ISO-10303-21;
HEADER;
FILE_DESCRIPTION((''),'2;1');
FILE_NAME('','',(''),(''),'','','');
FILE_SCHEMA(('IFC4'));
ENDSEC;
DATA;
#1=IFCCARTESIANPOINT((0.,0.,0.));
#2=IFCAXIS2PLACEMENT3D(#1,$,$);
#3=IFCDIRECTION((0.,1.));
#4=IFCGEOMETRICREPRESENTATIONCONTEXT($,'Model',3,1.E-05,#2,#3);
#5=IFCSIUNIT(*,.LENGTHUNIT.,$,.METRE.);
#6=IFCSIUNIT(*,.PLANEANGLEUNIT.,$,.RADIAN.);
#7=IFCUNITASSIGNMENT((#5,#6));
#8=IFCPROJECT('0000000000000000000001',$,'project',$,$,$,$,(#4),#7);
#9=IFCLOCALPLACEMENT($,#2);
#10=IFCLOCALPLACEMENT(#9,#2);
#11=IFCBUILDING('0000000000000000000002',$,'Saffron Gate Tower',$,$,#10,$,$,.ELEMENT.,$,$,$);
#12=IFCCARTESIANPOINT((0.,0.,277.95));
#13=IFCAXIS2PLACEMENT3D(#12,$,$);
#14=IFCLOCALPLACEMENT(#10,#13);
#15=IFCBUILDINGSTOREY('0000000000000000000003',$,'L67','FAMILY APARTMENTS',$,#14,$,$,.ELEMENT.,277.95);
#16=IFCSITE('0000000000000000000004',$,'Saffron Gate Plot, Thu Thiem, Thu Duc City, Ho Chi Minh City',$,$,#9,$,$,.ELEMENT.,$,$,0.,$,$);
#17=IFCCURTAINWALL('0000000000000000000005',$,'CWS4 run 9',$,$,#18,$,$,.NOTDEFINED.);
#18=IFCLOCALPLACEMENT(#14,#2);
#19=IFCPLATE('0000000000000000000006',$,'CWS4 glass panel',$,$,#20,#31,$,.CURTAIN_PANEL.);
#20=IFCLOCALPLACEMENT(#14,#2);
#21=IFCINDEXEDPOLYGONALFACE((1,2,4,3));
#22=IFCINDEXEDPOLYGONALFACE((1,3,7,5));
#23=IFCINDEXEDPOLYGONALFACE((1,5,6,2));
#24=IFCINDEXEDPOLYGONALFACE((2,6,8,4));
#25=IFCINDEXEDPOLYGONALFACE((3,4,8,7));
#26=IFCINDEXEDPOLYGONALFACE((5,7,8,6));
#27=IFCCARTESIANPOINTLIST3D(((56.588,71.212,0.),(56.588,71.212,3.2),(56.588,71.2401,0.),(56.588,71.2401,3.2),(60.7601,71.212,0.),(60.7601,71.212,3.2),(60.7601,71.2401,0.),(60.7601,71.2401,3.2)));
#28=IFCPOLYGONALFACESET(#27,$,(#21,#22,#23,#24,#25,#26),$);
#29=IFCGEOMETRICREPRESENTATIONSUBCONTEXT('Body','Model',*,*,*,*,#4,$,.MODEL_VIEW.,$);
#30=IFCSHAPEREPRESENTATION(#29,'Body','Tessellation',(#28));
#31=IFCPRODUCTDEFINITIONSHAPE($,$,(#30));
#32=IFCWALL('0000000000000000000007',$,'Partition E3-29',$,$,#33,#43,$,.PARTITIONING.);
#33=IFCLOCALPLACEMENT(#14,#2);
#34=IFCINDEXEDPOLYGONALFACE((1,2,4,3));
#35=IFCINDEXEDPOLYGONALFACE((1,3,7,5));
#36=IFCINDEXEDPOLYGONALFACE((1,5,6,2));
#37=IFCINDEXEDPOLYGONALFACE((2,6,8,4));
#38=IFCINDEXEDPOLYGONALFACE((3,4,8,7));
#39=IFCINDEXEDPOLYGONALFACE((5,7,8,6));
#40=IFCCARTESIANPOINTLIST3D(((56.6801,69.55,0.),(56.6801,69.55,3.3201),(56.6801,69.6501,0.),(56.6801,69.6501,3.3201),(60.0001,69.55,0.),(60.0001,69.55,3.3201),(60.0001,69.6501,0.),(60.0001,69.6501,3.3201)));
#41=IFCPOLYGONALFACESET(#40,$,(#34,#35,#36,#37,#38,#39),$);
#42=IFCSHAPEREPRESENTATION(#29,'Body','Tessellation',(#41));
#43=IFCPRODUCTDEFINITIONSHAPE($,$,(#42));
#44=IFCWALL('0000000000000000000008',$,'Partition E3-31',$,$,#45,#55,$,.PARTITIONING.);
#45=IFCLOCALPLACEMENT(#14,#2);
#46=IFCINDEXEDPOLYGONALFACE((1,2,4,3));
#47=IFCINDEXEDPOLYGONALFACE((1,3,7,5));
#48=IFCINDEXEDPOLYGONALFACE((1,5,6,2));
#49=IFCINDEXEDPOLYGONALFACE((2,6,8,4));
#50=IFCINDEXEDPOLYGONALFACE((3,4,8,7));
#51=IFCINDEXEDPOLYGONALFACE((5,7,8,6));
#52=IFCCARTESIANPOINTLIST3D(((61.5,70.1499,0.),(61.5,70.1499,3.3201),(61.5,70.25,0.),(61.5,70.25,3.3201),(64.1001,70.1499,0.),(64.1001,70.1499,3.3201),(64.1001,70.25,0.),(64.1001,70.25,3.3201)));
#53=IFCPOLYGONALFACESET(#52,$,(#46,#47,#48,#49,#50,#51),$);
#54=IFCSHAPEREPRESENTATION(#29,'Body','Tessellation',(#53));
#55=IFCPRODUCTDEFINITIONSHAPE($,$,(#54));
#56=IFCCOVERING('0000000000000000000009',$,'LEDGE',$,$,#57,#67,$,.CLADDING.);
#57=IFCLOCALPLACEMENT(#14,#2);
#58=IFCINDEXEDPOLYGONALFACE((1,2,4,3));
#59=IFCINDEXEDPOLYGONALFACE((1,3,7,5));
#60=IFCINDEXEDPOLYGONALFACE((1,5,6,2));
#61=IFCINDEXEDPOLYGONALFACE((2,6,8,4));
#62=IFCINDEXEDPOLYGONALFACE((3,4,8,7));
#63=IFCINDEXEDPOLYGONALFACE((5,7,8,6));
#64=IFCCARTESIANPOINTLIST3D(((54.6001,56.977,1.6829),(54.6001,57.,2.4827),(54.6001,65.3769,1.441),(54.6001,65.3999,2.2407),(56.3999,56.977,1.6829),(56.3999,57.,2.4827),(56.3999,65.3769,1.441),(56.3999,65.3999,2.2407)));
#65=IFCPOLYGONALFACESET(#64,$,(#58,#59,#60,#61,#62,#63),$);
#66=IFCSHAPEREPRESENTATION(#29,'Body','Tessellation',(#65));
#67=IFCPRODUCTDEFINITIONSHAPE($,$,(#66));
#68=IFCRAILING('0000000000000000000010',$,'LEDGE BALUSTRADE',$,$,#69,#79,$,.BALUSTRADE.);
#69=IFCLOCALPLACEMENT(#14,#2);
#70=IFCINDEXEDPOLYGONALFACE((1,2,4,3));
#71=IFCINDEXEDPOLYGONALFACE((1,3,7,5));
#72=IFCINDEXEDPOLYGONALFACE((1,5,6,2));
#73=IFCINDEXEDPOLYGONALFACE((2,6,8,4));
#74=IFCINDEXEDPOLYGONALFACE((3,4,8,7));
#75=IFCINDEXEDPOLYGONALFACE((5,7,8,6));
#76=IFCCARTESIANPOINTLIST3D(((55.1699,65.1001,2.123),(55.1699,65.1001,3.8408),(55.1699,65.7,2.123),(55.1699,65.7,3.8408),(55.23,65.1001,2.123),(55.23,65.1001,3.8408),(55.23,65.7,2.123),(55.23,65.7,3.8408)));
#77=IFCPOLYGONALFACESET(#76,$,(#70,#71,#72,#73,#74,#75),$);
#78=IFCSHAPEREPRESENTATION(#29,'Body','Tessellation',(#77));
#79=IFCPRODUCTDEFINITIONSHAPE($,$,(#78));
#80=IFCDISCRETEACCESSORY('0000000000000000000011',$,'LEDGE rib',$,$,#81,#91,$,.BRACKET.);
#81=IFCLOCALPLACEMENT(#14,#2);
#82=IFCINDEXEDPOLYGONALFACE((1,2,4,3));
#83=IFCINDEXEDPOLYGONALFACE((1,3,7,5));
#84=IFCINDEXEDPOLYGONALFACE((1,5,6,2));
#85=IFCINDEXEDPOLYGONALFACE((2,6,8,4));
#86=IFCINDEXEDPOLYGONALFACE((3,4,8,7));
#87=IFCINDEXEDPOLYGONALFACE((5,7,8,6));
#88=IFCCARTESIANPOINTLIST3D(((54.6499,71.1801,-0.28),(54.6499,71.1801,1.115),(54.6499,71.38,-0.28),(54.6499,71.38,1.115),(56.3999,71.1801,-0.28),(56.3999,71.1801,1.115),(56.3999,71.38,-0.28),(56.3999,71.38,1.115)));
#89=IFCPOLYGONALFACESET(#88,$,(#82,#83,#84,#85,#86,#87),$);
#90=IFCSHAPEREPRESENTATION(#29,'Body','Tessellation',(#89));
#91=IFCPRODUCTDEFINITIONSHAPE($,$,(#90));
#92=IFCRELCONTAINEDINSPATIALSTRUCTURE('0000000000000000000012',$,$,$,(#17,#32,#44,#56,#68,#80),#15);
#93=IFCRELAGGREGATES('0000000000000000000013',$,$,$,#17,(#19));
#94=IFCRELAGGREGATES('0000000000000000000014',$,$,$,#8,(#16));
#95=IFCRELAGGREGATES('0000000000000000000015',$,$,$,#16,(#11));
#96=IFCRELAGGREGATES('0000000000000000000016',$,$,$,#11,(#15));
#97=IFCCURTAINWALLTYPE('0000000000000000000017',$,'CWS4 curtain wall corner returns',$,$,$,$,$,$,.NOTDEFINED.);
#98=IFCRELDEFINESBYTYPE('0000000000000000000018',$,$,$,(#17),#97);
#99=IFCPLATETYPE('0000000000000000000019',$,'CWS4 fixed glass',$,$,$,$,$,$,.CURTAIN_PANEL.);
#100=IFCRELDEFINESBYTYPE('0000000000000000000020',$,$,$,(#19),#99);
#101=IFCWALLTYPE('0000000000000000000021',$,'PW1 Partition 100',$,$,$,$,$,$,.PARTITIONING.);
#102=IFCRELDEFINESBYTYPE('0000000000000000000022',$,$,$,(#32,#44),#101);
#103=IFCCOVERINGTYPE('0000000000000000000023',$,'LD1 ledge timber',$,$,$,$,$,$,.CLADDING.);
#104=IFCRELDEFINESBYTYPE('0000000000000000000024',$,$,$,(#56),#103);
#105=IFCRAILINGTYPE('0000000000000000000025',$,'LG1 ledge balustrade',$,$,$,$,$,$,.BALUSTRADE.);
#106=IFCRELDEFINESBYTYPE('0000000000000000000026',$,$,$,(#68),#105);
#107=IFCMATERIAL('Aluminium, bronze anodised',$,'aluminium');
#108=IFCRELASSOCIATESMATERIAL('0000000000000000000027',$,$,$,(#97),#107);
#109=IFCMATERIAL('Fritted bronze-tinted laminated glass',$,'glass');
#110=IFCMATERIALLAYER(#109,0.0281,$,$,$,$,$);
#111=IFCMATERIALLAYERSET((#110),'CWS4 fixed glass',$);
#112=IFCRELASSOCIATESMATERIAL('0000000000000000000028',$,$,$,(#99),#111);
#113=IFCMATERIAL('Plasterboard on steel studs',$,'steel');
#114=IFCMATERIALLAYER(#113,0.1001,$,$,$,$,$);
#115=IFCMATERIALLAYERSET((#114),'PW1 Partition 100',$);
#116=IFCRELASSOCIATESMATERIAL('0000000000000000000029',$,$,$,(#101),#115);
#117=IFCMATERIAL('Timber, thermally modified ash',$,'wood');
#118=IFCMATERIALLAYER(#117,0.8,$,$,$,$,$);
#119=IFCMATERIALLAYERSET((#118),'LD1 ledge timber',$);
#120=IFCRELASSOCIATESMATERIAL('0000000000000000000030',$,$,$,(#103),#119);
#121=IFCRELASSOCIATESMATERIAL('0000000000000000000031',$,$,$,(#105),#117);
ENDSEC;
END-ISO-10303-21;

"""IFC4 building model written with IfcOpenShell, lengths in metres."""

from ifc_helpers import new_model, si_unit, direction, frame, frame_2d, origin, origin_2d, place, context, subcontext, project, spatial, polyline, rectangle, outline, extrude, material, layer, layer_set, type_object, element, aggregate, save


model = new_model("IFC4")

# Units and contexts
model_context = context("Model", 3, precision=1e-05, world=origin(), true_north=direction((0.0, 1.0)))
body_context = subcontext(model_context, "Body", "Model", "MODEL_VIEW")
ifc_project = project(units=[si_unit("LENGTHUNIT", "METRE"), si_unit("PLANEANGLEUNIT", "RADIAN")], contexts=[model_context])

# Site, building, storey
site_placement = place(None, origin())
site = spatial("IfcSite", under=ifc_project, at=site_placement, Name="Saffron Gate Plot, Thu Thiem, Thu Duc City, Ho Chi Minh City", CompositionType="ELEMENT", RefElevation=0.0)
building_placement = place(site_placement, origin())
building = spatial("IfcBuilding", under=site, at=building_placement, Name="Saffron Gate Tower", CompositionType="ELEMENT")
storey_placement = place(building_placement, frame((0.0, 0.0, 277.95)))
storey = spatial("IfcBuildingStorey", under=building, at=storey_placement, Name="L67", Description="FAMILY APARTMENTS", CompositionType="ELEMENT", Elevation=277.95)

# Curtain wall
ifc_material_1 = material(Name="Aluminium, bronze anodised", Category="aluminium")
curtain_wall_type_1 = type_object("IfcCurtainWallType", Name="CWS4 curtain wall corner returns", PredefinedType="NOTDEFINED", material=ifc_material_1)
curtain_wall_1_placement = place(storey_placement, origin())
curtain_wall_1 = element("IfcCurtainWall", 1, at=curtain_wall_1_placement, inside=storey, type_object=curtain_wall_type_1, Name="CWS4 run 9", PredefinedType="NOTDEFINED")

# Shared definitions
ifc_material_2 = material(Name="Fritted bronze-tinted laminated glass", Category="glass")

# Plate
ifc_layer_1 = layer(ifc_material_2, 0.0281)
ifc_layer_set_1 = layer_set([ifc_layer_1], Name="CWS4 fixed glass")
plate_type_1 = type_object("IfcPlateType", Name="CWS4 fixed glass", PredefinedType="CURTAIN_PANEL", material=ifc_layer_set_1)
plate_1_placement = place(storey_placement, frame((60.76, 71.2261, 0.0), z_axis=(0.0, 0.0, 1.0), x_axis=(-1.0, 0.0, 0.0)))
plate_1 = element("IfcPlate", 2, at=plate_1_placement, type_object=plate_type_1, Name="CWS4 glass panel", PredefinedType="CURTAIN_PANEL", context=body_context, shape_type="SweptSolid", body=[
    extrude(rectangle(XDim=4.1721, YDim=0.0281, at=frame_2d((2.0859, 0.0))), origin(), (0.0, 0.0, 1.0), 3.2),
])
aggregate(curtain_wall_1, [plate_1])

# Walls
ifc_material_3 = material(Name="Plasterboard on steel studs", Category="steel")
ifc_layer_2 = layer(ifc_material_3, 0.1001)
ifc_layer_set_2 = layer_set([ifc_layer_2], Name="PW1 Partition 100")
wall_type = type_object("IfcWallType", Name="PW1 Partition 100", PredefinedType="PARTITIONING", material=ifc_layer_set_2)
wall_1_placement = place(storey_placement, frame((56.6799, 69.6001, 0.0), z_axis=(0.0, 0.0, 1.0), x_axis=(1.0, 0.0, 0.0)))
element("IfcWall", 3, at=wall_1_placement, inside=storey, type_object=wall_type, Name="Partition E3-29", PredefinedType="PARTITIONING", context=body_context, shape_type="SweptSolid", body=[
    extrude(rectangle(XDim=3.3201, YDim=0.1001, at=frame_2d((1.6602, 0.0))), origin(), (0.0, 0.0, 1.0), 3.3201),
])
wall_2_placement = place(storey_placement, frame((61.5, 70.2, 0.0), z_axis=(0.0, 0.0, 1.0), x_axis=(1.0, 0.0, 0.0)))
element("IfcWall", 4, at=wall_2_placement, inside=storey, type_object=wall_type, Name="Partition E3-31", PredefinedType="PARTITIONING", context=body_context, shape_type="SweptSolid", body=[
    extrude(rectangle(XDim=2.6001, YDim=0.1001, at=frame_2d((1.3, 0.0))), origin(), (0.0, 0.0, 1.0), 3.3201),
])

# Covering
ifc_material_4 = material(Name="Timber, thermally modified ash", Category="wood")
ifc_layer_3 = layer(ifc_material_4, 0.8)
ifc_layer_set_3 = layer_set([ifc_layer_3], Name="LD1 ledge timber")
covering_type = type_object("IfcCoveringType", Name="LD1 ledge timber", PredefinedType="CLADDING", material=ifc_layer_set_3)
covering_placement = place(storey_placement, frame((56.3999, 65.3999, 2.2407), z_axis=(0.0, 0.028791, 0.999585), x_axis=(0.0, -0.999585, 0.028791)))
element("IfcCovering", 5, at=covering_placement, inside=storey, type_object=covering_type, Name="LEDGE", PredefinedType="CLADDING", context=body_context, shape_type="SweptSolid", body=[
    extrude(outline(polyline([(0.0, 0.0), (8.4034, 0.0), (8.4034, -1.7998), (0.0, -1.7998), (0.0, 0.0)])), origin(), (0.0, 0.0, -1.0), 0.8),
])

# Railing
railing_type = type_object("IfcRailingType", Name="LG1 ledge balustrade", PredefinedType="BALUSTRADE", material=ifc_material_4)
railing_placement = place(storey_placement, frame((55.2, 65.7, 2.123)))
element("IfcRailing", 6, at=railing_placement, inside=storey, type_object=railing_type, Name="LEDGE BALUSTRADE", PredefinedType="BALUSTRADE", context=body_context, shape_type="SweptSolid", body=[
    extrude(rectangle(XDim=0.0601, YDim=1.7178, at=origin_2d()), frame((0.0, 0.0, 0.8589), z_axis=(0.0, -1.0, 0.0), x_axis=(1.0, 0.0, 0.0)), (0.0, 0.0, 1.0), 0.5999),
])

# Discrete accessory
discrete_accessory_placement = place(storey_placement, frame((55.5249, 71.28, -0.28), z_axis=(0.0, 0.0, 1.0), x_axis=(0.0, -1.0, 0.0)))
element("IfcDiscreteAccessory", 7, at=discrete_accessory_placement, inside=storey, Name="LEDGE rib", PredefinedType="BRACKET", context=body_context, shape_type="SweptSolid", body=[
    extrude(rectangle(XDim=0.2, YDim=1.75, at=origin_2d()), origin(), (0.0, 0.0, 1.0), 1.395),
])

save(model, "model.ifc")
